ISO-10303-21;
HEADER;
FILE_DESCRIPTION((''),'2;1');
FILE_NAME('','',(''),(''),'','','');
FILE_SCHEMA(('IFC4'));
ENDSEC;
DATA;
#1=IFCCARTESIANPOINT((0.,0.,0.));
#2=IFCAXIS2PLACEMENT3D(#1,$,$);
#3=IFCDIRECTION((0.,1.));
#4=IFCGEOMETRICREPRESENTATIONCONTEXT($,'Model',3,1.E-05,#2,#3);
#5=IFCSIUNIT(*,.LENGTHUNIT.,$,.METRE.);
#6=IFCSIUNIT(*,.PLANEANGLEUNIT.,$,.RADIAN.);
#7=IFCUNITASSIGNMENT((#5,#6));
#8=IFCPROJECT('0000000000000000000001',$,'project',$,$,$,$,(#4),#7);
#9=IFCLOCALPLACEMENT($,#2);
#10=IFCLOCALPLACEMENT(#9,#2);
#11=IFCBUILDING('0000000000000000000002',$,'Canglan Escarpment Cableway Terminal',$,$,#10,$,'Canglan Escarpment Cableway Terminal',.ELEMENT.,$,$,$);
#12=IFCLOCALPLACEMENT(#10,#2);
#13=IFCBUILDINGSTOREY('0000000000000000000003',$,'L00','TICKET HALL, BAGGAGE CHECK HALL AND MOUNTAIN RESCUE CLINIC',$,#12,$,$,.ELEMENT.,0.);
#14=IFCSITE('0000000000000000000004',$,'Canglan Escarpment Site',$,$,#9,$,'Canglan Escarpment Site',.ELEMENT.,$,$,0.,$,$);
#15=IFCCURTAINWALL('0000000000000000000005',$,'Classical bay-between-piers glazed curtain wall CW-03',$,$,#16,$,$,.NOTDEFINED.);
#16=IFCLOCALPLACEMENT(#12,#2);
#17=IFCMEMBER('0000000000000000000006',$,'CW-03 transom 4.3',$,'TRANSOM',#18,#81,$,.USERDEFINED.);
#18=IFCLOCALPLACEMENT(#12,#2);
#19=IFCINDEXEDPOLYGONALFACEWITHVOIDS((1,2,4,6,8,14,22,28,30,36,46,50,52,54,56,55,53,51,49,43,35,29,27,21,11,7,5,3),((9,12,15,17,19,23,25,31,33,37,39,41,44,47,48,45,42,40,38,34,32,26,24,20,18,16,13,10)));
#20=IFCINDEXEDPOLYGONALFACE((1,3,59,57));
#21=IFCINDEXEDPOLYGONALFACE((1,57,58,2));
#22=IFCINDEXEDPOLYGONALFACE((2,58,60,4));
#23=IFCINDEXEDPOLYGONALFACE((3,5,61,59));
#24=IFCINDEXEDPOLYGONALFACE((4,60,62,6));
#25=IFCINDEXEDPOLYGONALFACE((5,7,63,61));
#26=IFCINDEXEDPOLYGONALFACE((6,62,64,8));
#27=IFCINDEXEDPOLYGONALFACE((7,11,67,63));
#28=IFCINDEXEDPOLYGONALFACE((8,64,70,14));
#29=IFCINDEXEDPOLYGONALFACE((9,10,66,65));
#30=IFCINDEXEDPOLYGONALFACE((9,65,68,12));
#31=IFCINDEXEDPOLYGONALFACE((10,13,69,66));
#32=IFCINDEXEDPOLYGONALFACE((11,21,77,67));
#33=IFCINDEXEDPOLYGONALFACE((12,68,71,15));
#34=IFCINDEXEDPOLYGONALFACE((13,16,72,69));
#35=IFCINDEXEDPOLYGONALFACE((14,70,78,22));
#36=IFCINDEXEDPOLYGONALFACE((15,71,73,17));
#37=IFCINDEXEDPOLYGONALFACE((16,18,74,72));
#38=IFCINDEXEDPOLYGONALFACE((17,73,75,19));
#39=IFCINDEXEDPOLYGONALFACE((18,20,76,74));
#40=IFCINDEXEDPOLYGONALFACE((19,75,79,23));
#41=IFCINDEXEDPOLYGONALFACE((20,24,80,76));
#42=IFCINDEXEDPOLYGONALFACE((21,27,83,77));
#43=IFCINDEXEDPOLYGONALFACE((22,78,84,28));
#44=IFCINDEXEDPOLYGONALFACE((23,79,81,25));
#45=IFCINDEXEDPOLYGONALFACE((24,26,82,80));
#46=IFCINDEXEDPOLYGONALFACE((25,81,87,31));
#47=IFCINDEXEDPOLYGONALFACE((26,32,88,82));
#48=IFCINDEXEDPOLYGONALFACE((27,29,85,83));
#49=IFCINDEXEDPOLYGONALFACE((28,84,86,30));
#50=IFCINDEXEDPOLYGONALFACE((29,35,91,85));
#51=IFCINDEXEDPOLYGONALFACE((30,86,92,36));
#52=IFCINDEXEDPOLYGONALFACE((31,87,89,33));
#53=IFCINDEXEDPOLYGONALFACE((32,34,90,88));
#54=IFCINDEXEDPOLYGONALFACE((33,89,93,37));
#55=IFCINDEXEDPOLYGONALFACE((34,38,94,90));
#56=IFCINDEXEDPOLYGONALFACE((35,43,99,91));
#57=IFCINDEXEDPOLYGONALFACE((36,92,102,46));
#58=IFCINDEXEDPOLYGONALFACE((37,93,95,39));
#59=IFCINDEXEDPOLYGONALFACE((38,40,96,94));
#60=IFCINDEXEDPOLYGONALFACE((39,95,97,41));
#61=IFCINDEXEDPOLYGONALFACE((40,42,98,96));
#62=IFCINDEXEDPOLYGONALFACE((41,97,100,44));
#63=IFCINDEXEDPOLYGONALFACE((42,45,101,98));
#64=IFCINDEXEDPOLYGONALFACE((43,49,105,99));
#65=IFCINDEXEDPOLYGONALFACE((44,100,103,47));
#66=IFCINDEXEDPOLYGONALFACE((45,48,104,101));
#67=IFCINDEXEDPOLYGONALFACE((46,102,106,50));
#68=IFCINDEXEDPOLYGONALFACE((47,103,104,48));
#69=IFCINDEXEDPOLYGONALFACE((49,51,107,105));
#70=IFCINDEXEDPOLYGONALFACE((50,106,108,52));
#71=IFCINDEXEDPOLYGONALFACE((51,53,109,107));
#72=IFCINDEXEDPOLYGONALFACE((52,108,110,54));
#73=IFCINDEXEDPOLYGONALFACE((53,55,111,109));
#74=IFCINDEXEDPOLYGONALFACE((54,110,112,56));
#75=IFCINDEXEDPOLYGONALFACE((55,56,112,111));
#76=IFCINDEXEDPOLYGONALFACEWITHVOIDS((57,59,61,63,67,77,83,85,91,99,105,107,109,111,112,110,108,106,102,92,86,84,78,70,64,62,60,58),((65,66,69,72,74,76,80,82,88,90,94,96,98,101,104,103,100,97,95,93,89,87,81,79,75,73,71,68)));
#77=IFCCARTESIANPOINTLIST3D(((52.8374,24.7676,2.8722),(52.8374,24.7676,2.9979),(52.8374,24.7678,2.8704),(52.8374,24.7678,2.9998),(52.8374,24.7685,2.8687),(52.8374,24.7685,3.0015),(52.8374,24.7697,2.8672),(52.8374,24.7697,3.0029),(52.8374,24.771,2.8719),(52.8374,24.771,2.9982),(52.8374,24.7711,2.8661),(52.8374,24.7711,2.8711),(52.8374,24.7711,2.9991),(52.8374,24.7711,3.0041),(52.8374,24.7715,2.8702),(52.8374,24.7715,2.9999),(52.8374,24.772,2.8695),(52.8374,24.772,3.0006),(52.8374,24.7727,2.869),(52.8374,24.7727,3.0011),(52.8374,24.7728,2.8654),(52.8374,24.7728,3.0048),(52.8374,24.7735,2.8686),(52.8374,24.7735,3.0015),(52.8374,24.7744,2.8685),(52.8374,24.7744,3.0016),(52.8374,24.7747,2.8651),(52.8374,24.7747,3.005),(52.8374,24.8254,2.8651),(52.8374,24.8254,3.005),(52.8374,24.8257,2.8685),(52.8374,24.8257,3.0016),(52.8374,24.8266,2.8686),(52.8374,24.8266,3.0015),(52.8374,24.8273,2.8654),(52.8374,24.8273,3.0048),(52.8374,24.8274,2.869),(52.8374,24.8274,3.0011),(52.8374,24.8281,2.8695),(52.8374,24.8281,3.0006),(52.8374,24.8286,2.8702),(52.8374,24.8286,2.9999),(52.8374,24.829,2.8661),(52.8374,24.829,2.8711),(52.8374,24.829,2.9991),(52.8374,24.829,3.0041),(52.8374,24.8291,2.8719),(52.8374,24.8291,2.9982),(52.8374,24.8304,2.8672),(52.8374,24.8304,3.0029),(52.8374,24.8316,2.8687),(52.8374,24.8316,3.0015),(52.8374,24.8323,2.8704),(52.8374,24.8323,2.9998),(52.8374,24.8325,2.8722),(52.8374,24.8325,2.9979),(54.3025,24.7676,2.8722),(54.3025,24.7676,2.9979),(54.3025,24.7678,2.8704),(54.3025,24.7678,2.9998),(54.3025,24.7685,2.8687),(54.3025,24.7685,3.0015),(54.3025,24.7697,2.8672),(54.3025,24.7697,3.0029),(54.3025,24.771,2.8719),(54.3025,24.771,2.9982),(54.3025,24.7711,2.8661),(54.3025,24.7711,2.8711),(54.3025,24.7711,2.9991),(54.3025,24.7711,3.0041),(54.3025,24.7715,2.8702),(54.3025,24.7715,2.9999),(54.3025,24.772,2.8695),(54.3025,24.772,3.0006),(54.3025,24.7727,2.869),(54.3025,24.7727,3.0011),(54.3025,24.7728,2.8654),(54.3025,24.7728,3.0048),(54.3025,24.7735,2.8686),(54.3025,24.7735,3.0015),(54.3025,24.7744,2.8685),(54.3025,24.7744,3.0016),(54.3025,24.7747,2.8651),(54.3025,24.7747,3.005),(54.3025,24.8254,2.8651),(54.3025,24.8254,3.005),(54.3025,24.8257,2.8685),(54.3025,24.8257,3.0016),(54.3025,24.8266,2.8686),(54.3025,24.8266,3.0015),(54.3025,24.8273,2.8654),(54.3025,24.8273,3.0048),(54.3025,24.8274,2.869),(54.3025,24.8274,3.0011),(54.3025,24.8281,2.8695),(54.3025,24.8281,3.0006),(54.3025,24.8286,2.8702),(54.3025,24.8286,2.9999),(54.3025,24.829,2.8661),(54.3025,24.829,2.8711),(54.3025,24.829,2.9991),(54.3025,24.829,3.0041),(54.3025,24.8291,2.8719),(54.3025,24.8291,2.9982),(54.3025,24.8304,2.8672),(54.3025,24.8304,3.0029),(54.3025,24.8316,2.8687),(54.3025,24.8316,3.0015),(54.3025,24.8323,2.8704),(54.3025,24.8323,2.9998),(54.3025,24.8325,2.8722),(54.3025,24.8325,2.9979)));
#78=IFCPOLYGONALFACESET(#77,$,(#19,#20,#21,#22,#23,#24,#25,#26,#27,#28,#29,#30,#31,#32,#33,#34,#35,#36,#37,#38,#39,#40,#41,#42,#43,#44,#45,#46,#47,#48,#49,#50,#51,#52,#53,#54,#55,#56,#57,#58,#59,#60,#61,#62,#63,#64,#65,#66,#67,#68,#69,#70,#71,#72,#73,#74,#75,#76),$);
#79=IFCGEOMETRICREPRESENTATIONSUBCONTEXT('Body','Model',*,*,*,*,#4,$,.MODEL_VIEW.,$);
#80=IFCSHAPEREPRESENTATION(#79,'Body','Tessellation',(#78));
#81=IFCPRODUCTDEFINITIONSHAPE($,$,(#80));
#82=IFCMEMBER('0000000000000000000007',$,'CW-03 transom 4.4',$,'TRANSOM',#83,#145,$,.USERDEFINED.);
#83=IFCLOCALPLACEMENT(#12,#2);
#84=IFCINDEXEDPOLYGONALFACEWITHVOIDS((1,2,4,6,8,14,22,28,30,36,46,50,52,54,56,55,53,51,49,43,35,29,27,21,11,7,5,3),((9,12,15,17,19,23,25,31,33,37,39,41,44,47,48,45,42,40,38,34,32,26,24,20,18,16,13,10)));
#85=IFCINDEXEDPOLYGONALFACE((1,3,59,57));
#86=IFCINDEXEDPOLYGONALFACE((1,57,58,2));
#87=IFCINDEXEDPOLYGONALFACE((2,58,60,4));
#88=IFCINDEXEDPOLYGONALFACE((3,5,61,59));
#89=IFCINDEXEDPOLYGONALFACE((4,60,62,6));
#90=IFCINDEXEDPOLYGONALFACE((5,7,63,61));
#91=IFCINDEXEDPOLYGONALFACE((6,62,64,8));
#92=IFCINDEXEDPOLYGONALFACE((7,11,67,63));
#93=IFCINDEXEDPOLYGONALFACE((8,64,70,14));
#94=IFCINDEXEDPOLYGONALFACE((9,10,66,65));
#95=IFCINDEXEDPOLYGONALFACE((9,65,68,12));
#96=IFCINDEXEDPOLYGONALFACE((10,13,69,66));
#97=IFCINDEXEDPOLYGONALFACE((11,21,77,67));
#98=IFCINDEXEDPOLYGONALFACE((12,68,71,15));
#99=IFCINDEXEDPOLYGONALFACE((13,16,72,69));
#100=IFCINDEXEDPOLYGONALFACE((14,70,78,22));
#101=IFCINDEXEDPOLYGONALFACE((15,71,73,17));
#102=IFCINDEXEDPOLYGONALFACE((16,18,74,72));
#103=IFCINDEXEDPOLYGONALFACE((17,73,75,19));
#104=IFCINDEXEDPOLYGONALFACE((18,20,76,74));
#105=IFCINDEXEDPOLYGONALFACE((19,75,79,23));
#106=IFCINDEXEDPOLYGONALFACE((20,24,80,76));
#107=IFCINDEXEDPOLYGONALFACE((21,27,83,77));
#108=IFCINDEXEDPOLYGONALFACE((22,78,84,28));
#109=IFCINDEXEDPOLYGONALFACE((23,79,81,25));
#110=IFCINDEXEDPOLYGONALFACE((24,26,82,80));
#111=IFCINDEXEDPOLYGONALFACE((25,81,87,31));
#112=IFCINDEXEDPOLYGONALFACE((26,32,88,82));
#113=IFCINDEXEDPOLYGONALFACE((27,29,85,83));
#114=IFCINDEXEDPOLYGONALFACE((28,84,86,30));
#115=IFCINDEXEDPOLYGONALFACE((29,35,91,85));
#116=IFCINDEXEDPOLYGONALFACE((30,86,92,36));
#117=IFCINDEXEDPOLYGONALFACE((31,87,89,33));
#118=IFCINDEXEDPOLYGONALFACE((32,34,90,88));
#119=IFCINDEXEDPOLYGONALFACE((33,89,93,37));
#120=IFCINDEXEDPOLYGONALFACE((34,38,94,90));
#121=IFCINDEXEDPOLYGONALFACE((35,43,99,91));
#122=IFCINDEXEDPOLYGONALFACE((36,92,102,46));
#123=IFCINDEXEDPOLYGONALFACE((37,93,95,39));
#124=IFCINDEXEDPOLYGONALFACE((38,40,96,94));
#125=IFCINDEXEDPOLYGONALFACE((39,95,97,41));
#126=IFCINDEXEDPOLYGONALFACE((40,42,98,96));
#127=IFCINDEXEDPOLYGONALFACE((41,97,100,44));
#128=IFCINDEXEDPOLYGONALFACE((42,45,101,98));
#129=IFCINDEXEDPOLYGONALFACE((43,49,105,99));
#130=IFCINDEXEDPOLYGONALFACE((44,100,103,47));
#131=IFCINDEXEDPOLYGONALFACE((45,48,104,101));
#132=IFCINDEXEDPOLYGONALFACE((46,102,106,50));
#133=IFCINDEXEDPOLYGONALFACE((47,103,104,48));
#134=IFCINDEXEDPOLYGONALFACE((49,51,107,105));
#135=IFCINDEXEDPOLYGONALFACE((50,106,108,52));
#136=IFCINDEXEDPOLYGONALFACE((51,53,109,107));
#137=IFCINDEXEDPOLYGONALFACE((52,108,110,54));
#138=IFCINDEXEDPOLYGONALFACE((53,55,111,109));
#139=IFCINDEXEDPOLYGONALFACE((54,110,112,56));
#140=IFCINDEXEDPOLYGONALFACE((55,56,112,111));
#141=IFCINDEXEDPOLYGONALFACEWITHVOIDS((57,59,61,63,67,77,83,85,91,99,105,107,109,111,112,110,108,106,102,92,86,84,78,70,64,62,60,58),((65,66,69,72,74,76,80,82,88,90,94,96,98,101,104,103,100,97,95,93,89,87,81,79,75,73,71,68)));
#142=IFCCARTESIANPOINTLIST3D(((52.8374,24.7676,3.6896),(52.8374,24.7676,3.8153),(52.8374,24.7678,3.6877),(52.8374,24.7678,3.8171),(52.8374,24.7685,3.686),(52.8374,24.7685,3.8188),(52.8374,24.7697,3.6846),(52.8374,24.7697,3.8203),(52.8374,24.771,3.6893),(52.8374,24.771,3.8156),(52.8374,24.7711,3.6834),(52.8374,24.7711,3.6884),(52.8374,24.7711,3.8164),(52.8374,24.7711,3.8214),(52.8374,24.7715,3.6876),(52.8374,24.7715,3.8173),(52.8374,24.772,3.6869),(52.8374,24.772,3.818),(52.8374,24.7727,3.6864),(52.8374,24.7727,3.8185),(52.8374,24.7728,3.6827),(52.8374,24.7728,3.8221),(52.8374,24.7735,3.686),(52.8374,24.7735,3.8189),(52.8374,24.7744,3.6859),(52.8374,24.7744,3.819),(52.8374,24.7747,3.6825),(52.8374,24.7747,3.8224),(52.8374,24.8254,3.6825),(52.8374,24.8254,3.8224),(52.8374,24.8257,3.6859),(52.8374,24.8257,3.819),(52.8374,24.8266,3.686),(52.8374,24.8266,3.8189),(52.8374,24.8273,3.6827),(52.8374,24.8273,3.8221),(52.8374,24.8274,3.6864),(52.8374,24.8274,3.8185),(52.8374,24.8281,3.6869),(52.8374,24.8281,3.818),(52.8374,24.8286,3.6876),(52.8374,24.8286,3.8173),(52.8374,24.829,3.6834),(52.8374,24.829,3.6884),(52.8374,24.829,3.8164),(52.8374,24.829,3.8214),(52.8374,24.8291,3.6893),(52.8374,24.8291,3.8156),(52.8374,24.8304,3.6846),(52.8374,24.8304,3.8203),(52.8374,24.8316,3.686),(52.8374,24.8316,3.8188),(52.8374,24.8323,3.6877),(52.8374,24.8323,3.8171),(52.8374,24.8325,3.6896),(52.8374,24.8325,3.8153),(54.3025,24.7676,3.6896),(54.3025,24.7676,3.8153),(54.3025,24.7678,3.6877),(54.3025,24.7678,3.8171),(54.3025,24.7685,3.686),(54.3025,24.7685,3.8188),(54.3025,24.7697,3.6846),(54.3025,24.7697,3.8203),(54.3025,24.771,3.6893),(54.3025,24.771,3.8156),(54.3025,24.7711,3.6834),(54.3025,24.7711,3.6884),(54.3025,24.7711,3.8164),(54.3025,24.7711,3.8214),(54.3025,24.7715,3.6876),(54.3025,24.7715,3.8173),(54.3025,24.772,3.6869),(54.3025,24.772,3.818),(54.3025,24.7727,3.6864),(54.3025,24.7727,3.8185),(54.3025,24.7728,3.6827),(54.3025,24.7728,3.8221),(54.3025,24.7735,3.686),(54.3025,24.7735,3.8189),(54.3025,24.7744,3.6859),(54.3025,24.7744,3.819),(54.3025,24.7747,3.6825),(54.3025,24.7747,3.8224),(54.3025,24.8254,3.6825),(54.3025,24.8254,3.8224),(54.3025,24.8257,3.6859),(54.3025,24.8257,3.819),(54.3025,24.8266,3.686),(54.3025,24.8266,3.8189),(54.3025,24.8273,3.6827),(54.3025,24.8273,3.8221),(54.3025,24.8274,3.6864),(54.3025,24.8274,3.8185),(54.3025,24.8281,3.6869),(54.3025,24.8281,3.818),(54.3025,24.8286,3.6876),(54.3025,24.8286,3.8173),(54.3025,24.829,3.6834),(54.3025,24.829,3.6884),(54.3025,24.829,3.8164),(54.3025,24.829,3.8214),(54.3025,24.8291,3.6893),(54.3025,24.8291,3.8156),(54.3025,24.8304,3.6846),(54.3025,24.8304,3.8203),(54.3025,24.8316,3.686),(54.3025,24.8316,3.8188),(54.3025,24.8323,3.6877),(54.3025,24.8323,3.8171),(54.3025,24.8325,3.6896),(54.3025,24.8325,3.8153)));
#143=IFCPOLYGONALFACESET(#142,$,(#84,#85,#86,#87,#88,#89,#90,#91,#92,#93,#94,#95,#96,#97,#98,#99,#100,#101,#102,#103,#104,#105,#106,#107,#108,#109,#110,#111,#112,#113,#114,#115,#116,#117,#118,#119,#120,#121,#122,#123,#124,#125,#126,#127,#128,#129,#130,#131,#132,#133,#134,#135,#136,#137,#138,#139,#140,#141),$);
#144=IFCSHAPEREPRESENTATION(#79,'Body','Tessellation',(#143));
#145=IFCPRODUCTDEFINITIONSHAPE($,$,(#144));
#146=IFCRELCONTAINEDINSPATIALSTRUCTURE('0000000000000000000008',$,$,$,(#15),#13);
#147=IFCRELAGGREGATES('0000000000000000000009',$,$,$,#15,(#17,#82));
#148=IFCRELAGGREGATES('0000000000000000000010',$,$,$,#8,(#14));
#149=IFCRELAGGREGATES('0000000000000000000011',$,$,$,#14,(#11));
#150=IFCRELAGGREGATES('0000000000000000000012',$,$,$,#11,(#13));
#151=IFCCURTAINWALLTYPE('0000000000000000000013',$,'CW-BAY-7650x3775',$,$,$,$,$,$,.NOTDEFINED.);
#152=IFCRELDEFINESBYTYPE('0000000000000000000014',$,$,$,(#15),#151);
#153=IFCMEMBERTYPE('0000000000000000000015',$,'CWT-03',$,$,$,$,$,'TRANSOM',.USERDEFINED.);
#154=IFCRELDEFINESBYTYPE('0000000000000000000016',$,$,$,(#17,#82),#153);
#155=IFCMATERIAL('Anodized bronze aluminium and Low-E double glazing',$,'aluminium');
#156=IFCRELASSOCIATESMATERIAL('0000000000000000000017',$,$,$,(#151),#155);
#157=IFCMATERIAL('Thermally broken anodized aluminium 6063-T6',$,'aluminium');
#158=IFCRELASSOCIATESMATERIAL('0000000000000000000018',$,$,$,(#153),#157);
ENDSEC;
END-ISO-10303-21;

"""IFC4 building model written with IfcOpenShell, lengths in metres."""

from ifc_helpers import new_model, si_unit, direction, frame, origin, origin_2d, place, context, subcontext, project, spatial, hollow_rectangle, extrude, material, material_profile, profile_set, type_object, element, aggregate, save


model = new_model("IFC4")

# Units and contexts
model_context = context("Model", 3, precision=1e-05, world=origin(), true_north=direction((0.0, 1.0)))
body_context = subcontext(model_context, "Body", "Model", "MODEL_VIEW")
ifc_project = project(units=[si_unit("LENGTHUNIT", "METRE"), si_unit("PLANEANGLEUNIT", "RADIAN")], contexts=[model_context])

# Site, building, storey
site_placement = place(None, origin())
site = spatial("IfcSite", under=ifc_project, at=site_placement, Name="Canglan Escarpment Site", LongName="Canglan Escarpment Site", CompositionType="ELEMENT", RefElevation=0.0)
building_placement = place(site_placement, origin())
building = spatial("IfcBuilding", under=site, at=building_placement, Name="Canglan Escarpment Cableway Terminal", LongName="Canglan Escarpment Cableway Terminal", CompositionType="ELEMENT")
storey_placement = place(building_placement, origin())
storey = spatial("IfcBuildingStorey", under=building, at=storey_placement, Name="L00", Description="TICKET HALL, BAGGAGE CHECK HALL AND MOUNTAIN RESCUE CLINIC", CompositionType="ELEMENT", Elevation=0.0)

# Curtain wall, members
ifc_material_1 = material(Name="Anodized bronze aluminium and Low-E double glazing", Category="aluminium")
curtain_wall_type = type_object("IfcCurtainWallType", Name="CW-BAY-7650x3775", PredefinedType="NOTDEFINED", material=ifc_material_1)
curtain_wall_placement = place(storey_placement, origin())
curtain_wall = element("IfcCurtainWall", 1, at=curtain_wall_placement, inside=storey, type_object=curtain_wall_type, Name="Classical bay-between-piers glazed curtain wall CW-03", PredefinedType="NOTDEFINED")
ifc_material_2 = material(Name="Thermally broken anodized aluminium 6063-T6", Category="aluminium")
ifc_material_profile_1 = material_profile(ifc_material_2, hollow_rectangle(XDim=0.0649, YDim=0.1399, WallThickness=0.0034, InnerFilletRadius=0.0034, OuterFilletRadius=0.0071, at=origin_2d()), Name="ALU-TRAN 65x140x3.5")
ifc_profile_set_1 = profile_set([ifc_material_profile_1], Name="Thermally broken anodized aluminium 6063-T6")
member_type_1 = type_object("IfcMemberType", Name="CWT-03", ElementType="TRANSOM", PredefinedType="USERDEFINED", material=ifc_profile_set_1)
member_1_placement = place(storey_placement, frame((54.3025, 24.8, 2.9351), z_axis=(-1.0, 0.0, 0.0), x_axis=(0.0, -1.0, 0.0)))
member_1 = element("IfcMember", 2, at=member_1_placement, type_object=member_type_1, Name="CW-03 transom 4.3", ObjectType="TRANSOM", PredefinedType="USERDEFINED", context=body_context, shape_type="SweptSolid", body=[
    extrude(hollow_rectangle(XDim=0.0649, YDim=0.1399, WallThickness=0.0034, InnerFilletRadius=0.0034, OuterFilletRadius=0.0071, at=origin_2d()), origin(), (0.0, 0.0, 1.0), 1.4651),
])
member_2_placement = place(storey_placement, frame((54.3025, 24.8, 3.7524), z_axis=(-1.0, 0.0, 0.0), x_axis=(0.0, -1.0, 0.0)))
member_2 = element("IfcMember", 3, at=member_2_placement, type_object=member_type_1, Name="CW-03 transom 4.4", ObjectType="TRANSOM", PredefinedType="USERDEFINED", context=body_context, shape_type="SweptSolid", body=[
    extrude(hollow_rectangle(XDim=0.0649, YDim=0.1399, WallThickness=0.0034, InnerFilletRadius=0.0034, OuterFilletRadius=0.0071, at=origin_2d()), origin(), (0.0, 0.0, 1.0), 1.4651),
])
aggregate(curtain_wall, [member_1, member_2])

save(model, "model.ifc")
